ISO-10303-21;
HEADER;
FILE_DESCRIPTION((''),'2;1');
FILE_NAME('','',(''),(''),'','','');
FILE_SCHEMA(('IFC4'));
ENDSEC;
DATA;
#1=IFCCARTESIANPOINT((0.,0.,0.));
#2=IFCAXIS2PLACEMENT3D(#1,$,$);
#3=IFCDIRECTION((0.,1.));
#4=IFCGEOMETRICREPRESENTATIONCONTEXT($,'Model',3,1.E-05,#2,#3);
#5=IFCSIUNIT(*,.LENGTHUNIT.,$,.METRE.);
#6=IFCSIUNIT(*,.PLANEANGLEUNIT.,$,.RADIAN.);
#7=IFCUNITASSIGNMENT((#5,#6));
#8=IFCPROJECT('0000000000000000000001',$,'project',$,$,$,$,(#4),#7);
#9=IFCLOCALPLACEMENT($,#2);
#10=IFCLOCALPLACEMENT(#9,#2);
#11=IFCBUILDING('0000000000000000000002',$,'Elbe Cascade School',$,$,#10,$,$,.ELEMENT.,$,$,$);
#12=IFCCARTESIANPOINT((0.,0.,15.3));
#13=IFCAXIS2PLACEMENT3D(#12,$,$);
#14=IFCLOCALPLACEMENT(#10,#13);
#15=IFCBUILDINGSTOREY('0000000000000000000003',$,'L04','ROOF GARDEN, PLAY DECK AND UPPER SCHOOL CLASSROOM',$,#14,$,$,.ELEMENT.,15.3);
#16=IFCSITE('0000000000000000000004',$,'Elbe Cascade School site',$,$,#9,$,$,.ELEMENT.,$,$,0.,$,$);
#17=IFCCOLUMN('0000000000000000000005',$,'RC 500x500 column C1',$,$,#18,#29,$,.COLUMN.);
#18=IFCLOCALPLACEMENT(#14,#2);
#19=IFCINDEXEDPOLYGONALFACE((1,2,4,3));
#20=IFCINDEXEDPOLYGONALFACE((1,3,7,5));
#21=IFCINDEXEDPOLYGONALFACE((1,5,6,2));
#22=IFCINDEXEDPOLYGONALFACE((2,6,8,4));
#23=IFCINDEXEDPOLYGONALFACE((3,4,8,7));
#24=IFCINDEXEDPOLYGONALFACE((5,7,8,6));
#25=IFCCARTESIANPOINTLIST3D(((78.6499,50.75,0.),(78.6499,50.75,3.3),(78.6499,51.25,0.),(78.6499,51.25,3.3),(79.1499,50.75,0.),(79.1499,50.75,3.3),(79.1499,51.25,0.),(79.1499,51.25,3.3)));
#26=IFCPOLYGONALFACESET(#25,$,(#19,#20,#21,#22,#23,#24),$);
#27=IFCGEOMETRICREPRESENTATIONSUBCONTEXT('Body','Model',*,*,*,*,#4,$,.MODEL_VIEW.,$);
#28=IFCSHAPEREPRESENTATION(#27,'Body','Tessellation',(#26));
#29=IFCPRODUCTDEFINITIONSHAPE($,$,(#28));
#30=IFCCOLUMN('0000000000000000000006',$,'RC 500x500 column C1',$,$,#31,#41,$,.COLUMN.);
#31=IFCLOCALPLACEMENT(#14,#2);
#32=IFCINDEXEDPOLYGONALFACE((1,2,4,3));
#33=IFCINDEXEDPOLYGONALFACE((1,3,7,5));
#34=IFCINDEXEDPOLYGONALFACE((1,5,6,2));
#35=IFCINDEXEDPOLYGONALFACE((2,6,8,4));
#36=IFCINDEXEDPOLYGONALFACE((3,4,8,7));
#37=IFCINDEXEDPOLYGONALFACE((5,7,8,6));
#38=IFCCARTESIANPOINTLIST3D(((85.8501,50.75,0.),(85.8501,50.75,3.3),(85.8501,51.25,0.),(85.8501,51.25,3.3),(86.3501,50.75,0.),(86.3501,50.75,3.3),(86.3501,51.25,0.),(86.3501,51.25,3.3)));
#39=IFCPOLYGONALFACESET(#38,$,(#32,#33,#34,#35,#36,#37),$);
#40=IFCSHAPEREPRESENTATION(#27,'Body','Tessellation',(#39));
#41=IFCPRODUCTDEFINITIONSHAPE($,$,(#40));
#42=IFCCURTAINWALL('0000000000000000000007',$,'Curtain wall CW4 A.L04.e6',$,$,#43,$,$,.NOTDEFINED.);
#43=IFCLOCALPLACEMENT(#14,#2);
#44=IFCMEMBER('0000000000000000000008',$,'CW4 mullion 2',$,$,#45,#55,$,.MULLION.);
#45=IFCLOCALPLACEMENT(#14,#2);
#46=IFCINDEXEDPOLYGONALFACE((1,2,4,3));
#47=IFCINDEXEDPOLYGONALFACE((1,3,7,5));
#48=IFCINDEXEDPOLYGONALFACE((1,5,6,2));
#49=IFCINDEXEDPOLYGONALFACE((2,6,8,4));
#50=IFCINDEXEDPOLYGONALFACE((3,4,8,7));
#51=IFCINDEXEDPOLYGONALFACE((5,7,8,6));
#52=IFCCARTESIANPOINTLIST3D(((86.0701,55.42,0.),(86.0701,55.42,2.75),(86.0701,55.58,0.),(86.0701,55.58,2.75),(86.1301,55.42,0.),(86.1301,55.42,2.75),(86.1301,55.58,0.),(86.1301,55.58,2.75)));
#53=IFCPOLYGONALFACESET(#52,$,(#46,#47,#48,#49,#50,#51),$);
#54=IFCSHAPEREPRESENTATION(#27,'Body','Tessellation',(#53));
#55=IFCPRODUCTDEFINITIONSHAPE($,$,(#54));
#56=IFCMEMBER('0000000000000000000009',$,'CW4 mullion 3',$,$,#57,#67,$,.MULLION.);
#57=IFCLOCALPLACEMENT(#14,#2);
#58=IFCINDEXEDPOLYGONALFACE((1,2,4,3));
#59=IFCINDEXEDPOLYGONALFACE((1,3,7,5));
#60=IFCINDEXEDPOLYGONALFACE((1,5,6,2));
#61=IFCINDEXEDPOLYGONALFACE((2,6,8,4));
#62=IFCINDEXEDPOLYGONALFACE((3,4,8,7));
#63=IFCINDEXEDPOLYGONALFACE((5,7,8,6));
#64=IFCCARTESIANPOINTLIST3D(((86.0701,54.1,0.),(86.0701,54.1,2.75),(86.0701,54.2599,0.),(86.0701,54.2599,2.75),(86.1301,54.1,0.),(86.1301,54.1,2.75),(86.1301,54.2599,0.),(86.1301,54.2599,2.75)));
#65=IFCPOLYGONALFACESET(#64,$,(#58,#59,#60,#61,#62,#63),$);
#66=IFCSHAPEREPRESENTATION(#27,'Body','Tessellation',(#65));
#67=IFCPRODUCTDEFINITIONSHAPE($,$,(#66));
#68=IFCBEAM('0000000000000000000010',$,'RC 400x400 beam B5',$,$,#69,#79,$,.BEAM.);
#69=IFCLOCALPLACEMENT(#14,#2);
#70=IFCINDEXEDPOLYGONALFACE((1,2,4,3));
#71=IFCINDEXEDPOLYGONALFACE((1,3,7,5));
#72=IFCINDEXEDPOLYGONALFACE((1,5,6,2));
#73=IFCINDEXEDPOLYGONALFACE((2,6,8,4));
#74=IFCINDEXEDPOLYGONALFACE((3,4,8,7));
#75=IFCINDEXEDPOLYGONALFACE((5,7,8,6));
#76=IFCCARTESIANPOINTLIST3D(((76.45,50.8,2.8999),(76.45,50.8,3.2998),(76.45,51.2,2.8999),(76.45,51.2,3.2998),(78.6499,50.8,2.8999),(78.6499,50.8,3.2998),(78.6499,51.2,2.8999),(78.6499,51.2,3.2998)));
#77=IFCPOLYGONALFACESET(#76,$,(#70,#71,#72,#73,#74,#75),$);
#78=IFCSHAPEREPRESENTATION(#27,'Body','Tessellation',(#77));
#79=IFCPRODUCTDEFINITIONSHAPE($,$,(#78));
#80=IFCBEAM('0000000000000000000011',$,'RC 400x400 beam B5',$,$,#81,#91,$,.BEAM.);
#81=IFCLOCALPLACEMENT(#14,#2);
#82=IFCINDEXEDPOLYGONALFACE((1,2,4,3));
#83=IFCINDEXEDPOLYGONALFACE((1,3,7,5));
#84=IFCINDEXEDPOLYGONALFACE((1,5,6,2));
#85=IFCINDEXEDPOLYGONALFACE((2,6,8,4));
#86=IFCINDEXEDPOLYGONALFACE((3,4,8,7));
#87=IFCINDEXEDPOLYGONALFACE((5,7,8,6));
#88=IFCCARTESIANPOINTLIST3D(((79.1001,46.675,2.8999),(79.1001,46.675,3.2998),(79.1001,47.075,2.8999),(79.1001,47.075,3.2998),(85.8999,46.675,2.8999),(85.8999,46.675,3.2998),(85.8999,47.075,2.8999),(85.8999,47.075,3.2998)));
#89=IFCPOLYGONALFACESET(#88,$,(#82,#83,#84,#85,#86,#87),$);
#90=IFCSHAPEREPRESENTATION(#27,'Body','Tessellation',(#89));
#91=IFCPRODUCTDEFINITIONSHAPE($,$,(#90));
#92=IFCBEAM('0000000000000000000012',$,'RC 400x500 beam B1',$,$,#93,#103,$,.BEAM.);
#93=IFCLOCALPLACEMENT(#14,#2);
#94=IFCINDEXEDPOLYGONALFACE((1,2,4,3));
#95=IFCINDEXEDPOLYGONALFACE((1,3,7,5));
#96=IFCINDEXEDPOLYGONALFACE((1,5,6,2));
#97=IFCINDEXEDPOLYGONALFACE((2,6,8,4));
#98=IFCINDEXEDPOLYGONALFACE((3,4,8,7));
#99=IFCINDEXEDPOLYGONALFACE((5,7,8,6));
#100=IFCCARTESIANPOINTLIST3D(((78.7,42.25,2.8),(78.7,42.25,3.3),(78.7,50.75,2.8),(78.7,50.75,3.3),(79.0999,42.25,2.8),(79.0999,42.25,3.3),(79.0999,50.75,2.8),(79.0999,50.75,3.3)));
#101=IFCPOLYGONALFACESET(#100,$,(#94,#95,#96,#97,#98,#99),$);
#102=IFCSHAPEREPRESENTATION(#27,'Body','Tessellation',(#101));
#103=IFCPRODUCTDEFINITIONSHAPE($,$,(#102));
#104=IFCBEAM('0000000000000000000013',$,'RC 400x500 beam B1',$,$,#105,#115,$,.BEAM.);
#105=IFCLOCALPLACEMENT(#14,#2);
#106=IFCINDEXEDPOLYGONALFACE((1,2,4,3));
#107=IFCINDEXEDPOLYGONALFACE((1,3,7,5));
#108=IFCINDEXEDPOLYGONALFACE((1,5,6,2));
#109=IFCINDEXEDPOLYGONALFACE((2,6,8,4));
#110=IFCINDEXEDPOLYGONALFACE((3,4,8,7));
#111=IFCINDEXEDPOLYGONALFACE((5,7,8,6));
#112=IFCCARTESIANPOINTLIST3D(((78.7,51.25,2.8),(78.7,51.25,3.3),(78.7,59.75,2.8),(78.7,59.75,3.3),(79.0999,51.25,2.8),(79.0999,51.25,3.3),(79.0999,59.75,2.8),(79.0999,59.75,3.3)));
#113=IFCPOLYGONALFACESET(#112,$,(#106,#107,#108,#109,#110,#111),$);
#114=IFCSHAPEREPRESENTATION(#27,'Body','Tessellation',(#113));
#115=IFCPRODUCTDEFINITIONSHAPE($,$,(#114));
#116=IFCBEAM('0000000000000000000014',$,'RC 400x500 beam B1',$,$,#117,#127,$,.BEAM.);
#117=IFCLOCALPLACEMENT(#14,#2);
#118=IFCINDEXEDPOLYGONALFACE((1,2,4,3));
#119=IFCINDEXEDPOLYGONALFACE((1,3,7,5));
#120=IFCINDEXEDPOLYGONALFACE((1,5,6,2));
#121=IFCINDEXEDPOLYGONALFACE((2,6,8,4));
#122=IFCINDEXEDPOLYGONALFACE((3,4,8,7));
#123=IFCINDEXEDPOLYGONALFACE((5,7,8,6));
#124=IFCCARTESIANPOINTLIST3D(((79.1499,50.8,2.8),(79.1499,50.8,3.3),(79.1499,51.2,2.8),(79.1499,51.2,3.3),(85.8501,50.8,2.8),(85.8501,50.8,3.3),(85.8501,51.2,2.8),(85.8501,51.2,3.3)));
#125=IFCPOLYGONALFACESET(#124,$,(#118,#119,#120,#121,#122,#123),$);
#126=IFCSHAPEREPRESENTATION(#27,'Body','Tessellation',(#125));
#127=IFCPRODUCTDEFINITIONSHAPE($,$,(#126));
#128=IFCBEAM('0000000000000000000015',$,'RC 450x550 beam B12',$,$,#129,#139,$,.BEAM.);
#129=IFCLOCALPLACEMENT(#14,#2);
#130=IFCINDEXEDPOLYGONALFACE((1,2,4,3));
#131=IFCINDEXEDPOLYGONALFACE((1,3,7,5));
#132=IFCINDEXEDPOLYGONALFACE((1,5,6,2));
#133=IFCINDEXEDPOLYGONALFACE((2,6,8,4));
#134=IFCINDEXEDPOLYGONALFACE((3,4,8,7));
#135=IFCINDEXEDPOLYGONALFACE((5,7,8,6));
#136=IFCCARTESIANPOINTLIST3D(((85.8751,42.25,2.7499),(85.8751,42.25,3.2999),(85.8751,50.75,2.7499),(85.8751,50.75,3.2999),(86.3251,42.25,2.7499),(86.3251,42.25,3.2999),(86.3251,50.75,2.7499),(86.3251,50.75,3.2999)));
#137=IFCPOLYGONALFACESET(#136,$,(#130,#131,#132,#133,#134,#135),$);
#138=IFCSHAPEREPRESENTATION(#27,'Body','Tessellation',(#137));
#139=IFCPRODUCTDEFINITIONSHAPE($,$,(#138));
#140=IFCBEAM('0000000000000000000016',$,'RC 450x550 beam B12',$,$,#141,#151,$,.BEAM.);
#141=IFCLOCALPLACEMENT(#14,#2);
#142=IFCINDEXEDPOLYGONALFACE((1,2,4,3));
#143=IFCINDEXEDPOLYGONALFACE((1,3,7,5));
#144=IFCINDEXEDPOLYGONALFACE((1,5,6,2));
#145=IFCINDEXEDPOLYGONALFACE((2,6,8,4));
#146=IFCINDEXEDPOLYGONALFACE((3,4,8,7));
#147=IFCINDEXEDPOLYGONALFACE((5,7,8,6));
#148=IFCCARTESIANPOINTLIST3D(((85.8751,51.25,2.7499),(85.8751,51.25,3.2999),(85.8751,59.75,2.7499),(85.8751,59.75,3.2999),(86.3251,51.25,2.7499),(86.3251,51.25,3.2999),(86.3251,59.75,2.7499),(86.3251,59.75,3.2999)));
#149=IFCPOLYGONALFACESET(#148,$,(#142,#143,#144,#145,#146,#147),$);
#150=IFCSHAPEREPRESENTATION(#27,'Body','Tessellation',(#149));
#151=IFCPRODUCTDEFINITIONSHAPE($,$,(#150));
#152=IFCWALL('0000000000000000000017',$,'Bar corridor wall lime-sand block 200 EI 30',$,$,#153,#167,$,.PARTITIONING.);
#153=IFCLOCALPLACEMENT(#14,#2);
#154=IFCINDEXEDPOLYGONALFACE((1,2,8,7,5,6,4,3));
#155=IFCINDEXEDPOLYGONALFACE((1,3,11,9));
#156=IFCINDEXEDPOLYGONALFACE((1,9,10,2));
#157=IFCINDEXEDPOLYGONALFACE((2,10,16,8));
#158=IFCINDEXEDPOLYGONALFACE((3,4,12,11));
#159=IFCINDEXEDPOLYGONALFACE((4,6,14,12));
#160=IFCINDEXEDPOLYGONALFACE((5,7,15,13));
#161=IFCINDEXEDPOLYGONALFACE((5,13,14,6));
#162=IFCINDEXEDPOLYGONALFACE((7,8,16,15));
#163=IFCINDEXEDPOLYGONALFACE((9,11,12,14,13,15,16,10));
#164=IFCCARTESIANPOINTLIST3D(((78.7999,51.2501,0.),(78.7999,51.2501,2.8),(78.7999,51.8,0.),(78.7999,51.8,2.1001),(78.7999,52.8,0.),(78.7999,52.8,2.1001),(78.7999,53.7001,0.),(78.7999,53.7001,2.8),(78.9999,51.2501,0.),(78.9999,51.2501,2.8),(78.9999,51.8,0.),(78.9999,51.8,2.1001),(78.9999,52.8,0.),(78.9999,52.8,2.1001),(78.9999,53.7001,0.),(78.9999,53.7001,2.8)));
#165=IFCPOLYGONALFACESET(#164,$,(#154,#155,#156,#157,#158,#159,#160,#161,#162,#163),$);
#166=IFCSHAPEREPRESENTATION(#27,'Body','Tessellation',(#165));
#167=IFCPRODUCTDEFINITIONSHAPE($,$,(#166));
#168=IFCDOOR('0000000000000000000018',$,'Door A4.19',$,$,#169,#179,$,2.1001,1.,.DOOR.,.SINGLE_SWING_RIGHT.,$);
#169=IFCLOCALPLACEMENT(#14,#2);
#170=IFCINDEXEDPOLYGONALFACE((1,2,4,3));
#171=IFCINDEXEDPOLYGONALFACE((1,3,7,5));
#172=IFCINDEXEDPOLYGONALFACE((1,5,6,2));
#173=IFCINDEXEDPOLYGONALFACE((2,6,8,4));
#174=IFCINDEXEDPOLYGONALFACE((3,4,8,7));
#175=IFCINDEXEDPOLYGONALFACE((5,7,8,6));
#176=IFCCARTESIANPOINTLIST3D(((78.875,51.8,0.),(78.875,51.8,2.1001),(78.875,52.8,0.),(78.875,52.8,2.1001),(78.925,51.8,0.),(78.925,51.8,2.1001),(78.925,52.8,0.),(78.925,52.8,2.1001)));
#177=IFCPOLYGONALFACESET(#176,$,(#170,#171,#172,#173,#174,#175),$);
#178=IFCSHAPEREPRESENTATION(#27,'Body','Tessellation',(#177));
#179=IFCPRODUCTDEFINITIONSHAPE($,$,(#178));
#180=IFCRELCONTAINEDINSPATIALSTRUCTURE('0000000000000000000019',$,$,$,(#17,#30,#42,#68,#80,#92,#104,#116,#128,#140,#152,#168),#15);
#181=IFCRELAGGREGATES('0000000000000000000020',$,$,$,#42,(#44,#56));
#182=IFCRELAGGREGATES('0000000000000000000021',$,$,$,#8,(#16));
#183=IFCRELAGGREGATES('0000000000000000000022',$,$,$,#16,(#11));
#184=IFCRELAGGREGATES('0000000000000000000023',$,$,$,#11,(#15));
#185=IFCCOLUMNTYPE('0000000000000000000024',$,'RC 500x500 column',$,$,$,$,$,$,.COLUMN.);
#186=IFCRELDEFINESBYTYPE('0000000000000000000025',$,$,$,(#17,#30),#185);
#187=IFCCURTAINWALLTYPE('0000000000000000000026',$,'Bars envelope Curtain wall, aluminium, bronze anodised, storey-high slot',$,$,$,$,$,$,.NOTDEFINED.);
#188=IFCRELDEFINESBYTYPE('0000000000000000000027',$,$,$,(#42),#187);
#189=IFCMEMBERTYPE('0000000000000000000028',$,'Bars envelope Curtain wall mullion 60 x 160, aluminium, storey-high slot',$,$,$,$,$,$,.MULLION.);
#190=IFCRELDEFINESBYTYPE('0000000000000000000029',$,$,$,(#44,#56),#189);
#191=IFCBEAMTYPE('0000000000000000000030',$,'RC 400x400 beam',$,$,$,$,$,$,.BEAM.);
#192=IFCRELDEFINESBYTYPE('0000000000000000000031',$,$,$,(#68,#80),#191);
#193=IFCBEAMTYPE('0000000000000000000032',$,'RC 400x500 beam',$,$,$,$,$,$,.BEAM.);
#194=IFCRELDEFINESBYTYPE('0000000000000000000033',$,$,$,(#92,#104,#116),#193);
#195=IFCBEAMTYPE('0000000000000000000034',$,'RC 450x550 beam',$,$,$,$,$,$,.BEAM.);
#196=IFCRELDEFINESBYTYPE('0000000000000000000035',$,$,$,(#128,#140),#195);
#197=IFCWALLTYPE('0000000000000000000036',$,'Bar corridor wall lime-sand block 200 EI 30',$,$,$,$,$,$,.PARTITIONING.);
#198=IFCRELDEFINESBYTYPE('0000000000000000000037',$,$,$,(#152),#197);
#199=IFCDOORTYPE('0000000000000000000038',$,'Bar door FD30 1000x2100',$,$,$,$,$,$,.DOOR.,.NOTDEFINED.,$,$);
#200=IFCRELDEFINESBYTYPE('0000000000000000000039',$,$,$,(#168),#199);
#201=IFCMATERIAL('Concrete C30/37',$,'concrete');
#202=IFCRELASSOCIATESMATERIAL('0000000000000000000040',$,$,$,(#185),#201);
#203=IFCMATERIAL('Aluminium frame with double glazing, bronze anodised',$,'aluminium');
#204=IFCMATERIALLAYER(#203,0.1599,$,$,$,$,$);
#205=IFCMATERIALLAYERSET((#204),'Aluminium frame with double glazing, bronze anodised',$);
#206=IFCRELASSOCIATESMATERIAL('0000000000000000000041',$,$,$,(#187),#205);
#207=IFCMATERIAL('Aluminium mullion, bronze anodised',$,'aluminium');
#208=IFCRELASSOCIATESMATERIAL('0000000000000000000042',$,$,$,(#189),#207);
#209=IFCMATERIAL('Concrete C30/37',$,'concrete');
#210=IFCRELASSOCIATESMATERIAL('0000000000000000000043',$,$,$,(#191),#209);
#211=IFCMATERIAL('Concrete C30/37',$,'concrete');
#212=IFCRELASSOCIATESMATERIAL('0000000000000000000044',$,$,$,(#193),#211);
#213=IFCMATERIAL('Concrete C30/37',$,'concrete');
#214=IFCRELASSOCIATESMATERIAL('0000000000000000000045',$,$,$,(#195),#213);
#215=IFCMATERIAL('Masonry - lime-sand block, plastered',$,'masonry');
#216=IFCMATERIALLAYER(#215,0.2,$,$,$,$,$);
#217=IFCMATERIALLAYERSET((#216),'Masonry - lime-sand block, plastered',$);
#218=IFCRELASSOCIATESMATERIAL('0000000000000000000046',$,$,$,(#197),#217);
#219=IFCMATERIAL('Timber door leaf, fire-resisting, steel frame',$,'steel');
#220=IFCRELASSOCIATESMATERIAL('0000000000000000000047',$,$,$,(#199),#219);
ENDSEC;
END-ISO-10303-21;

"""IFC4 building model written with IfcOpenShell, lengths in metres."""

from ifc_helpers import new_model, si_unit, direction, frame, frame_2d, origin, origin_2d, place, context, subcontext, project, spatial, rectangle, extrude, material, layer, layer_set, material_profile, profile_set, type_object, element, fill, aggregate, save


model = new_model("IFC4")

# Units and contexts
model_context = context("Model", 3, precision=1e-05, world=origin(), true_north=direction((0.0, 1.0)))
body_context = subcontext(model_context, "Body", "Model", "MODEL_VIEW")
ifc_project = project(units=[si_unit("LENGTHUNIT", "METRE"), si_unit("PLANEANGLEUNIT", "RADIAN")], contexts=[model_context])

# Site, building, storey
site_placement = place(None, origin())
site = spatial("IfcSite", under=ifc_project, at=site_placement, Name="Elbe Cascade School site", CompositionType="ELEMENT", RefElevation=0.0)
building_placement = place(site_placement, origin())
building = spatial("IfcBuilding", under=site, at=building_placement, Name="Elbe Cascade School", CompositionType="ELEMENT")
storey_placement = place(building_placement, frame((0.0, 0.0, 15.3)))
storey = spatial("IfcBuildingStorey", under=building, at=storey_placement, Name="L04", Description="ROOF GARDEN, PLAY DECK AND UPPER SCHOOL CLASSROOM", CompositionType="ELEMENT", Elevation=15.3)

# Columns
ifc_material_1 = material(Name="Concrete C30/37", Category="concrete")
ifc_material_profile_1 = material_profile(ifc_material_1, rectangle(XDim=0.5, YDim=0.5, at=origin_2d()), Name="RC 500x500")
ifc_profile_set_1 = profile_set([ifc_material_profile_1], Name="Concrete C30/37")
column_type = type_object("IfcColumnType", Name="RC 500x500 column", PredefinedType="COLUMN", material=ifc_profile_set_1)
for number, where, z_axis, x_axis, name in (
    (1, (78.8999, 51.0, 0.0), (0.0, 0.0, 1.0), (1.0, 0.0, 0.0), "RC 500x500 column C1"),
    (2, (86.1001, 51.0, 0.0), (0.0, 0.0, 1.0), (1.0, 0.0, 0.0), "RC 500x500 column C1"),
):
    element("IfcColumn", number, at=place(storey_placement, frame(where, z_axis=z_axis, x_axis=x_axis)), inside=storey, type_object=column_type, Name=name, PredefinedType="COLUMN", context=body_context, shape_type="SweptSolid", body=[
        extrude(rectangle(XDim=0.5, YDim=0.5, at=origin_2d()), origin(), (0.0, 0.0, 1.0), 3.3),
    ])

# Curtain wall, members
ifc_material_2 = material(Name="Aluminium frame with double glazing, bronze anodised", Category="aluminium")
ifc_layer_1 = layer(ifc_material_2, 0.1599)
ifc_layer_set_1 = layer_set([ifc_layer_1], Name="Aluminium frame with double glazing, bronze anodised")
curtain_wall_type = type_object("IfcCurtainWallType", Name="Bars envelope Curtain wall, aluminium, bronze anodised, storey-high slot", PredefinedType="NOTDEFINED", material=ifc_layer_set_1)
curtain_wall_placement = place(storey_placement, origin())
curtain_wall = element("IfcCurtainWall", 3, at=curtain_wall_placement, inside=storey, type_object=curtain_wall_type, Name="Curtain wall CW4 A.L04.e6", PredefinedType="NOTDEFINED")
ifc_material_3 = material(Name="Aluminium mullion, bronze anodised", Category="aluminium")
ifc_material_profile_2 = material_profile(ifc_material_3, rectangle(XDim=0.0601, YDim=0.1599, at=origin_2d()), Name="Bars envelope Curtain wall mullion 60 x 160, aluminium, storey-high slot")
ifc_profile_set_2 = profile_set([ifc_material_profile_2], Name="Aluminium mullion, bronze anodised")
member_type = type_object("IfcMemberType", Name="Bars envelope Curtain wall mullion 60 x 160, aluminium, storey-high slot", PredefinedType="MULLION", material=ifc_profile_set_2)
member_1_placement = place(storey_placement, frame((86.1001, 55.5, 0.0), z_axis=(0.0, 0.0, 1.0), x_axis=(1.0, 0.0, 0.0)))
member_1 = element("IfcMember", 4, at=member_1_placement, type_object=member_type, Name="CW4 mullion 2", PredefinedType="MULLION", context=body_context, shape_type="SweptSolid", body=[
    extrude(rectangle(XDim=0.0601, YDim=0.1599, at=origin_2d()), origin(), (0.0, 0.0, 1.0), 2.75),
])
member_2_placement = place(storey_placement, frame((86.1001, 54.1799, 0.0), z_axis=(0.0, 0.0, 1.0), x_axis=(1.0, 0.0, 0.0)))
member_2 = element("IfcMember", 5, at=member_2_placement, type_object=member_type, Name="CW4 mullion 3", PredefinedType="MULLION", context=body_context, shape_type="SweptSolid", body=[
    extrude(rectangle(XDim=0.0601, YDim=0.1599, at=origin_2d()), origin(), (0.0, 0.0, 1.0), 2.75),
])
aggregate(curtain_wall, [member_1, member_2])

# Beams
ifc_material_4 = material(Name="Concrete C30/37", Category="concrete")
ifc_material_profile_3 = material_profile(ifc_material_4, rectangle(XDim=0.3999, YDim=0.3999, at=origin_2d()), Name="RC 400x400")
ifc_profile_set_3 = profile_set([ifc_material_profile_3], Name="Concrete C30/37")
beam_type_1 = type_object("IfcBeamType", Name="RC 400x400 beam", PredefinedType="BEAM", material=ifc_profile_set_3)
beam_1_placement = place(storey_placement, frame((76.45, 51.0, 3.0999), z_axis=(1.0, 0.0, 0.0), x_axis=(0.0, 1.0, 0.0)))
element("IfcBeam", 6, at=beam_1_placement, inside=storey, type_object=beam_type_1, Name="RC 400x400 beam B5", PredefinedType="BEAM", context=body_context, shape_type="SweptSolid", body=[
    extrude(rectangle(XDim=0.3999, YDim=0.3999, at=origin_2d()), origin(), (0.0, 0.0, 1.0), 2.2),
])
beam_2_placement = place(storey_placement, frame((79.1001, 46.875, 3.0999), z_axis=(1.0, 0.0, 0.0), x_axis=(0.0, 1.0, 0.0)))
element("IfcBeam", 7, at=beam_2_placement, inside=storey, type_object=beam_type_1, Name="RC 400x400 beam B5", PredefinedType="BEAM", context=body_context, shape_type="SweptSolid", body=[
    extrude(rectangle(XDim=0.3999, YDim=0.3999, at=origin_2d()), origin(), (0.0, 0.0, 1.0), 6.7998),
])
ifc_material_5 = material(Name="Concrete C30/37", Category="concrete")
ifc_material_profile_4 = material_profile(ifc_material_5, rectangle(XDim=0.3999, YDim=0.5, at=origin_2d()), Name="RC 400x500")
ifc_profile_set_4 = profile_set([ifc_material_profile_4], Name="Concrete C30/37")
beam_type_2 = type_object("IfcBeamType", Name="RC 400x500 beam", PredefinedType="BEAM", material=ifc_profile_set_4)
for number, where, z_axis, x_axis, name in (
    (8, (78.8999, 42.25, 3.05), (0.0, 1.0, 0.0), (-1.0, 0.0, 0.0), "RC 400x500 beam B1"),
    (9, (78.8999, 51.25, 3.05), (0.0, 1.0, 0.0), (-1.0, 0.0, 0.0), "RC 400x500 beam B1"),
):
    element("IfcBeam", number, at=place(storey_placement, frame(where, z_axis=z_axis, x_axis=x_axis)), inside=storey, type_object=beam_type_2, Name=name, PredefinedType="BEAM", context=body_context, shape_type="SweptSolid", body=[
        extrude(rectangle(XDim=0.3999, YDim=0.5, at=origin_2d()), origin(), (0.0, 0.0, 1.0), 8.5),
    ])
beam_3_placement = place(storey_placement, frame((79.1499, 51.0, 3.05), z_axis=(1.0, 0.0, 0.0), x_axis=(0.0, 1.0, 0.0)))
element("IfcBeam", 10, at=beam_3_placement, inside=storey, type_object=beam_type_2, Name="RC 400x500 beam B1", PredefinedType="BEAM", context=body_context, shape_type="SweptSolid", body=[
    extrude(rectangle(XDim=0.3999, YDim=0.5, at=origin_2d()), origin(), (0.0, 0.0, 1.0), 6.7002),
])
ifc_material_6 = material(Name="Concrete C30/37", Category="concrete")
ifc_material_profile_5 = material_profile(ifc_material_6, rectangle(XDim=0.45, YDim=0.55, at=origin_2d()), Name="RC 450x550")
ifc_profile_set_5 = profile_set([ifc_material_profile_5], Name="Concrete C30/37")
beam_type_3 = type_object("IfcBeamType", Name="RC 450x550 beam", PredefinedType="BEAM", material=ifc_profile_set_5)
for number, where, z_axis, x_axis, name in (
    (11, (86.1001, 42.25, 3.0249), (0.0, 1.0, 0.0), (-1.0, 0.0, 0.0), "RC 450x550 beam B12"),
    (12, (86.1001, 51.25, 3.0249), (0.0, 1.0, 0.0), (-1.0, 0.0, 0.0), "RC 450x550 beam B12"),
):
    element("IfcBeam", number, at=place(storey_placement, frame(where, z_axis=z_axis, x_axis=x_axis)), inside=storey, type_object=beam_type_3, Name=name, PredefinedType="BEAM", context=body_context, shape_type="SweptSolid", body=[
        extrude(rectangle(XDim=0.45, YDim=0.55, at=origin_2d()), origin(), (0.0, 0.0, 1.0), 8.5),
    ])

# Wall, opening, door
ifc_material_7 = material(Name="Masonry - lime-sand block, plastered", Category="masonry")
ifc_layer_2 = layer(ifc_material_7, 0.2)
ifc_layer_set_2 = layer_set([ifc_layer_2], Name="Masonry - lime-sand block, plastered")
wall_type_1 = type_object("IfcWallType", Name="Bar corridor wall lime-sand block 200 EI 30", PredefinedType="PARTITIONING", material=ifc_layer_set_2)
wall_1_placement = place(storey_placement, frame((78.8999, 51.25, 0.0), z_axis=(0.0, 0.0, 1.0), x_axis=(0.0, 1.0, 0.0)))
wall_1 = element("IfcWall", 13, at=wall_1_placement, inside=storey, type_object=wall_type_1, Name="Bar corridor wall lime-sand block 200 EI 30", PredefinedType="PARTITIONING", context=body_context, shape_type="SweptSolid", body=[
    extrude(rectangle(XDim=2.45, YDim=0.2, at=frame_2d((1.2251, 0.0))), origin(), (0.0, 0.0, 1.0), 2.8),
])
opening_1_placement = place(wall_1_placement, frame((0.55, 0.0, 0.0)))
opening_1 = element("IfcOpeningElement", 14, at=opening_1_placement, cuts=wall_1, PredefinedType="OPENING", context=body_context, shape_type="SweptSolid", body=[
    extrude(rectangle(XDim=1.0, YDim=2.1001, at=frame_2d((0.5, 1.05))), frame((0.0, 0.1099, 0.0), z_axis=(0.0, -1.0, 0.0), x_axis=(1.0, 0.0, 0.0)), (0.0, 0.0, 1.0), 0.22),
])
ifc_material_8 = material(Name="Timber door leaf, fire-resisting, steel frame", Category="steel")
door_type_1 = type_object("IfcDoorType", Name="Bar door FD30 1000x2100", OperationType="NOTDEFINED", PredefinedType="DOOR", material=ifc_material_8)
door_1_placement = place(opening_1_placement, origin())
door_1 = element("IfcDoor", 15, at=door_1_placement, inside=storey, type_object=door_type_1, Name="Door A4.19", OperationType="SINGLE_SWING_RIGHT", OverallHeight=2.1001, OverallWidth=1.0, PredefinedType="DOOR", context=body_context, shape_type="SweptSolid", body=[
    extrude(rectangle(XDim=1.0, YDim=2.1001, at=frame_2d((0.5, 1.05))), frame((0.0, 0.0249, 0.0), z_axis=(0.0, -1.0, 0.0), x_axis=(1.0, 0.0, 0.0)), (0.0, 0.0, 1.0), 0.05),
])
fill(opening_1, door_1)

save(model, "model.ifc")
